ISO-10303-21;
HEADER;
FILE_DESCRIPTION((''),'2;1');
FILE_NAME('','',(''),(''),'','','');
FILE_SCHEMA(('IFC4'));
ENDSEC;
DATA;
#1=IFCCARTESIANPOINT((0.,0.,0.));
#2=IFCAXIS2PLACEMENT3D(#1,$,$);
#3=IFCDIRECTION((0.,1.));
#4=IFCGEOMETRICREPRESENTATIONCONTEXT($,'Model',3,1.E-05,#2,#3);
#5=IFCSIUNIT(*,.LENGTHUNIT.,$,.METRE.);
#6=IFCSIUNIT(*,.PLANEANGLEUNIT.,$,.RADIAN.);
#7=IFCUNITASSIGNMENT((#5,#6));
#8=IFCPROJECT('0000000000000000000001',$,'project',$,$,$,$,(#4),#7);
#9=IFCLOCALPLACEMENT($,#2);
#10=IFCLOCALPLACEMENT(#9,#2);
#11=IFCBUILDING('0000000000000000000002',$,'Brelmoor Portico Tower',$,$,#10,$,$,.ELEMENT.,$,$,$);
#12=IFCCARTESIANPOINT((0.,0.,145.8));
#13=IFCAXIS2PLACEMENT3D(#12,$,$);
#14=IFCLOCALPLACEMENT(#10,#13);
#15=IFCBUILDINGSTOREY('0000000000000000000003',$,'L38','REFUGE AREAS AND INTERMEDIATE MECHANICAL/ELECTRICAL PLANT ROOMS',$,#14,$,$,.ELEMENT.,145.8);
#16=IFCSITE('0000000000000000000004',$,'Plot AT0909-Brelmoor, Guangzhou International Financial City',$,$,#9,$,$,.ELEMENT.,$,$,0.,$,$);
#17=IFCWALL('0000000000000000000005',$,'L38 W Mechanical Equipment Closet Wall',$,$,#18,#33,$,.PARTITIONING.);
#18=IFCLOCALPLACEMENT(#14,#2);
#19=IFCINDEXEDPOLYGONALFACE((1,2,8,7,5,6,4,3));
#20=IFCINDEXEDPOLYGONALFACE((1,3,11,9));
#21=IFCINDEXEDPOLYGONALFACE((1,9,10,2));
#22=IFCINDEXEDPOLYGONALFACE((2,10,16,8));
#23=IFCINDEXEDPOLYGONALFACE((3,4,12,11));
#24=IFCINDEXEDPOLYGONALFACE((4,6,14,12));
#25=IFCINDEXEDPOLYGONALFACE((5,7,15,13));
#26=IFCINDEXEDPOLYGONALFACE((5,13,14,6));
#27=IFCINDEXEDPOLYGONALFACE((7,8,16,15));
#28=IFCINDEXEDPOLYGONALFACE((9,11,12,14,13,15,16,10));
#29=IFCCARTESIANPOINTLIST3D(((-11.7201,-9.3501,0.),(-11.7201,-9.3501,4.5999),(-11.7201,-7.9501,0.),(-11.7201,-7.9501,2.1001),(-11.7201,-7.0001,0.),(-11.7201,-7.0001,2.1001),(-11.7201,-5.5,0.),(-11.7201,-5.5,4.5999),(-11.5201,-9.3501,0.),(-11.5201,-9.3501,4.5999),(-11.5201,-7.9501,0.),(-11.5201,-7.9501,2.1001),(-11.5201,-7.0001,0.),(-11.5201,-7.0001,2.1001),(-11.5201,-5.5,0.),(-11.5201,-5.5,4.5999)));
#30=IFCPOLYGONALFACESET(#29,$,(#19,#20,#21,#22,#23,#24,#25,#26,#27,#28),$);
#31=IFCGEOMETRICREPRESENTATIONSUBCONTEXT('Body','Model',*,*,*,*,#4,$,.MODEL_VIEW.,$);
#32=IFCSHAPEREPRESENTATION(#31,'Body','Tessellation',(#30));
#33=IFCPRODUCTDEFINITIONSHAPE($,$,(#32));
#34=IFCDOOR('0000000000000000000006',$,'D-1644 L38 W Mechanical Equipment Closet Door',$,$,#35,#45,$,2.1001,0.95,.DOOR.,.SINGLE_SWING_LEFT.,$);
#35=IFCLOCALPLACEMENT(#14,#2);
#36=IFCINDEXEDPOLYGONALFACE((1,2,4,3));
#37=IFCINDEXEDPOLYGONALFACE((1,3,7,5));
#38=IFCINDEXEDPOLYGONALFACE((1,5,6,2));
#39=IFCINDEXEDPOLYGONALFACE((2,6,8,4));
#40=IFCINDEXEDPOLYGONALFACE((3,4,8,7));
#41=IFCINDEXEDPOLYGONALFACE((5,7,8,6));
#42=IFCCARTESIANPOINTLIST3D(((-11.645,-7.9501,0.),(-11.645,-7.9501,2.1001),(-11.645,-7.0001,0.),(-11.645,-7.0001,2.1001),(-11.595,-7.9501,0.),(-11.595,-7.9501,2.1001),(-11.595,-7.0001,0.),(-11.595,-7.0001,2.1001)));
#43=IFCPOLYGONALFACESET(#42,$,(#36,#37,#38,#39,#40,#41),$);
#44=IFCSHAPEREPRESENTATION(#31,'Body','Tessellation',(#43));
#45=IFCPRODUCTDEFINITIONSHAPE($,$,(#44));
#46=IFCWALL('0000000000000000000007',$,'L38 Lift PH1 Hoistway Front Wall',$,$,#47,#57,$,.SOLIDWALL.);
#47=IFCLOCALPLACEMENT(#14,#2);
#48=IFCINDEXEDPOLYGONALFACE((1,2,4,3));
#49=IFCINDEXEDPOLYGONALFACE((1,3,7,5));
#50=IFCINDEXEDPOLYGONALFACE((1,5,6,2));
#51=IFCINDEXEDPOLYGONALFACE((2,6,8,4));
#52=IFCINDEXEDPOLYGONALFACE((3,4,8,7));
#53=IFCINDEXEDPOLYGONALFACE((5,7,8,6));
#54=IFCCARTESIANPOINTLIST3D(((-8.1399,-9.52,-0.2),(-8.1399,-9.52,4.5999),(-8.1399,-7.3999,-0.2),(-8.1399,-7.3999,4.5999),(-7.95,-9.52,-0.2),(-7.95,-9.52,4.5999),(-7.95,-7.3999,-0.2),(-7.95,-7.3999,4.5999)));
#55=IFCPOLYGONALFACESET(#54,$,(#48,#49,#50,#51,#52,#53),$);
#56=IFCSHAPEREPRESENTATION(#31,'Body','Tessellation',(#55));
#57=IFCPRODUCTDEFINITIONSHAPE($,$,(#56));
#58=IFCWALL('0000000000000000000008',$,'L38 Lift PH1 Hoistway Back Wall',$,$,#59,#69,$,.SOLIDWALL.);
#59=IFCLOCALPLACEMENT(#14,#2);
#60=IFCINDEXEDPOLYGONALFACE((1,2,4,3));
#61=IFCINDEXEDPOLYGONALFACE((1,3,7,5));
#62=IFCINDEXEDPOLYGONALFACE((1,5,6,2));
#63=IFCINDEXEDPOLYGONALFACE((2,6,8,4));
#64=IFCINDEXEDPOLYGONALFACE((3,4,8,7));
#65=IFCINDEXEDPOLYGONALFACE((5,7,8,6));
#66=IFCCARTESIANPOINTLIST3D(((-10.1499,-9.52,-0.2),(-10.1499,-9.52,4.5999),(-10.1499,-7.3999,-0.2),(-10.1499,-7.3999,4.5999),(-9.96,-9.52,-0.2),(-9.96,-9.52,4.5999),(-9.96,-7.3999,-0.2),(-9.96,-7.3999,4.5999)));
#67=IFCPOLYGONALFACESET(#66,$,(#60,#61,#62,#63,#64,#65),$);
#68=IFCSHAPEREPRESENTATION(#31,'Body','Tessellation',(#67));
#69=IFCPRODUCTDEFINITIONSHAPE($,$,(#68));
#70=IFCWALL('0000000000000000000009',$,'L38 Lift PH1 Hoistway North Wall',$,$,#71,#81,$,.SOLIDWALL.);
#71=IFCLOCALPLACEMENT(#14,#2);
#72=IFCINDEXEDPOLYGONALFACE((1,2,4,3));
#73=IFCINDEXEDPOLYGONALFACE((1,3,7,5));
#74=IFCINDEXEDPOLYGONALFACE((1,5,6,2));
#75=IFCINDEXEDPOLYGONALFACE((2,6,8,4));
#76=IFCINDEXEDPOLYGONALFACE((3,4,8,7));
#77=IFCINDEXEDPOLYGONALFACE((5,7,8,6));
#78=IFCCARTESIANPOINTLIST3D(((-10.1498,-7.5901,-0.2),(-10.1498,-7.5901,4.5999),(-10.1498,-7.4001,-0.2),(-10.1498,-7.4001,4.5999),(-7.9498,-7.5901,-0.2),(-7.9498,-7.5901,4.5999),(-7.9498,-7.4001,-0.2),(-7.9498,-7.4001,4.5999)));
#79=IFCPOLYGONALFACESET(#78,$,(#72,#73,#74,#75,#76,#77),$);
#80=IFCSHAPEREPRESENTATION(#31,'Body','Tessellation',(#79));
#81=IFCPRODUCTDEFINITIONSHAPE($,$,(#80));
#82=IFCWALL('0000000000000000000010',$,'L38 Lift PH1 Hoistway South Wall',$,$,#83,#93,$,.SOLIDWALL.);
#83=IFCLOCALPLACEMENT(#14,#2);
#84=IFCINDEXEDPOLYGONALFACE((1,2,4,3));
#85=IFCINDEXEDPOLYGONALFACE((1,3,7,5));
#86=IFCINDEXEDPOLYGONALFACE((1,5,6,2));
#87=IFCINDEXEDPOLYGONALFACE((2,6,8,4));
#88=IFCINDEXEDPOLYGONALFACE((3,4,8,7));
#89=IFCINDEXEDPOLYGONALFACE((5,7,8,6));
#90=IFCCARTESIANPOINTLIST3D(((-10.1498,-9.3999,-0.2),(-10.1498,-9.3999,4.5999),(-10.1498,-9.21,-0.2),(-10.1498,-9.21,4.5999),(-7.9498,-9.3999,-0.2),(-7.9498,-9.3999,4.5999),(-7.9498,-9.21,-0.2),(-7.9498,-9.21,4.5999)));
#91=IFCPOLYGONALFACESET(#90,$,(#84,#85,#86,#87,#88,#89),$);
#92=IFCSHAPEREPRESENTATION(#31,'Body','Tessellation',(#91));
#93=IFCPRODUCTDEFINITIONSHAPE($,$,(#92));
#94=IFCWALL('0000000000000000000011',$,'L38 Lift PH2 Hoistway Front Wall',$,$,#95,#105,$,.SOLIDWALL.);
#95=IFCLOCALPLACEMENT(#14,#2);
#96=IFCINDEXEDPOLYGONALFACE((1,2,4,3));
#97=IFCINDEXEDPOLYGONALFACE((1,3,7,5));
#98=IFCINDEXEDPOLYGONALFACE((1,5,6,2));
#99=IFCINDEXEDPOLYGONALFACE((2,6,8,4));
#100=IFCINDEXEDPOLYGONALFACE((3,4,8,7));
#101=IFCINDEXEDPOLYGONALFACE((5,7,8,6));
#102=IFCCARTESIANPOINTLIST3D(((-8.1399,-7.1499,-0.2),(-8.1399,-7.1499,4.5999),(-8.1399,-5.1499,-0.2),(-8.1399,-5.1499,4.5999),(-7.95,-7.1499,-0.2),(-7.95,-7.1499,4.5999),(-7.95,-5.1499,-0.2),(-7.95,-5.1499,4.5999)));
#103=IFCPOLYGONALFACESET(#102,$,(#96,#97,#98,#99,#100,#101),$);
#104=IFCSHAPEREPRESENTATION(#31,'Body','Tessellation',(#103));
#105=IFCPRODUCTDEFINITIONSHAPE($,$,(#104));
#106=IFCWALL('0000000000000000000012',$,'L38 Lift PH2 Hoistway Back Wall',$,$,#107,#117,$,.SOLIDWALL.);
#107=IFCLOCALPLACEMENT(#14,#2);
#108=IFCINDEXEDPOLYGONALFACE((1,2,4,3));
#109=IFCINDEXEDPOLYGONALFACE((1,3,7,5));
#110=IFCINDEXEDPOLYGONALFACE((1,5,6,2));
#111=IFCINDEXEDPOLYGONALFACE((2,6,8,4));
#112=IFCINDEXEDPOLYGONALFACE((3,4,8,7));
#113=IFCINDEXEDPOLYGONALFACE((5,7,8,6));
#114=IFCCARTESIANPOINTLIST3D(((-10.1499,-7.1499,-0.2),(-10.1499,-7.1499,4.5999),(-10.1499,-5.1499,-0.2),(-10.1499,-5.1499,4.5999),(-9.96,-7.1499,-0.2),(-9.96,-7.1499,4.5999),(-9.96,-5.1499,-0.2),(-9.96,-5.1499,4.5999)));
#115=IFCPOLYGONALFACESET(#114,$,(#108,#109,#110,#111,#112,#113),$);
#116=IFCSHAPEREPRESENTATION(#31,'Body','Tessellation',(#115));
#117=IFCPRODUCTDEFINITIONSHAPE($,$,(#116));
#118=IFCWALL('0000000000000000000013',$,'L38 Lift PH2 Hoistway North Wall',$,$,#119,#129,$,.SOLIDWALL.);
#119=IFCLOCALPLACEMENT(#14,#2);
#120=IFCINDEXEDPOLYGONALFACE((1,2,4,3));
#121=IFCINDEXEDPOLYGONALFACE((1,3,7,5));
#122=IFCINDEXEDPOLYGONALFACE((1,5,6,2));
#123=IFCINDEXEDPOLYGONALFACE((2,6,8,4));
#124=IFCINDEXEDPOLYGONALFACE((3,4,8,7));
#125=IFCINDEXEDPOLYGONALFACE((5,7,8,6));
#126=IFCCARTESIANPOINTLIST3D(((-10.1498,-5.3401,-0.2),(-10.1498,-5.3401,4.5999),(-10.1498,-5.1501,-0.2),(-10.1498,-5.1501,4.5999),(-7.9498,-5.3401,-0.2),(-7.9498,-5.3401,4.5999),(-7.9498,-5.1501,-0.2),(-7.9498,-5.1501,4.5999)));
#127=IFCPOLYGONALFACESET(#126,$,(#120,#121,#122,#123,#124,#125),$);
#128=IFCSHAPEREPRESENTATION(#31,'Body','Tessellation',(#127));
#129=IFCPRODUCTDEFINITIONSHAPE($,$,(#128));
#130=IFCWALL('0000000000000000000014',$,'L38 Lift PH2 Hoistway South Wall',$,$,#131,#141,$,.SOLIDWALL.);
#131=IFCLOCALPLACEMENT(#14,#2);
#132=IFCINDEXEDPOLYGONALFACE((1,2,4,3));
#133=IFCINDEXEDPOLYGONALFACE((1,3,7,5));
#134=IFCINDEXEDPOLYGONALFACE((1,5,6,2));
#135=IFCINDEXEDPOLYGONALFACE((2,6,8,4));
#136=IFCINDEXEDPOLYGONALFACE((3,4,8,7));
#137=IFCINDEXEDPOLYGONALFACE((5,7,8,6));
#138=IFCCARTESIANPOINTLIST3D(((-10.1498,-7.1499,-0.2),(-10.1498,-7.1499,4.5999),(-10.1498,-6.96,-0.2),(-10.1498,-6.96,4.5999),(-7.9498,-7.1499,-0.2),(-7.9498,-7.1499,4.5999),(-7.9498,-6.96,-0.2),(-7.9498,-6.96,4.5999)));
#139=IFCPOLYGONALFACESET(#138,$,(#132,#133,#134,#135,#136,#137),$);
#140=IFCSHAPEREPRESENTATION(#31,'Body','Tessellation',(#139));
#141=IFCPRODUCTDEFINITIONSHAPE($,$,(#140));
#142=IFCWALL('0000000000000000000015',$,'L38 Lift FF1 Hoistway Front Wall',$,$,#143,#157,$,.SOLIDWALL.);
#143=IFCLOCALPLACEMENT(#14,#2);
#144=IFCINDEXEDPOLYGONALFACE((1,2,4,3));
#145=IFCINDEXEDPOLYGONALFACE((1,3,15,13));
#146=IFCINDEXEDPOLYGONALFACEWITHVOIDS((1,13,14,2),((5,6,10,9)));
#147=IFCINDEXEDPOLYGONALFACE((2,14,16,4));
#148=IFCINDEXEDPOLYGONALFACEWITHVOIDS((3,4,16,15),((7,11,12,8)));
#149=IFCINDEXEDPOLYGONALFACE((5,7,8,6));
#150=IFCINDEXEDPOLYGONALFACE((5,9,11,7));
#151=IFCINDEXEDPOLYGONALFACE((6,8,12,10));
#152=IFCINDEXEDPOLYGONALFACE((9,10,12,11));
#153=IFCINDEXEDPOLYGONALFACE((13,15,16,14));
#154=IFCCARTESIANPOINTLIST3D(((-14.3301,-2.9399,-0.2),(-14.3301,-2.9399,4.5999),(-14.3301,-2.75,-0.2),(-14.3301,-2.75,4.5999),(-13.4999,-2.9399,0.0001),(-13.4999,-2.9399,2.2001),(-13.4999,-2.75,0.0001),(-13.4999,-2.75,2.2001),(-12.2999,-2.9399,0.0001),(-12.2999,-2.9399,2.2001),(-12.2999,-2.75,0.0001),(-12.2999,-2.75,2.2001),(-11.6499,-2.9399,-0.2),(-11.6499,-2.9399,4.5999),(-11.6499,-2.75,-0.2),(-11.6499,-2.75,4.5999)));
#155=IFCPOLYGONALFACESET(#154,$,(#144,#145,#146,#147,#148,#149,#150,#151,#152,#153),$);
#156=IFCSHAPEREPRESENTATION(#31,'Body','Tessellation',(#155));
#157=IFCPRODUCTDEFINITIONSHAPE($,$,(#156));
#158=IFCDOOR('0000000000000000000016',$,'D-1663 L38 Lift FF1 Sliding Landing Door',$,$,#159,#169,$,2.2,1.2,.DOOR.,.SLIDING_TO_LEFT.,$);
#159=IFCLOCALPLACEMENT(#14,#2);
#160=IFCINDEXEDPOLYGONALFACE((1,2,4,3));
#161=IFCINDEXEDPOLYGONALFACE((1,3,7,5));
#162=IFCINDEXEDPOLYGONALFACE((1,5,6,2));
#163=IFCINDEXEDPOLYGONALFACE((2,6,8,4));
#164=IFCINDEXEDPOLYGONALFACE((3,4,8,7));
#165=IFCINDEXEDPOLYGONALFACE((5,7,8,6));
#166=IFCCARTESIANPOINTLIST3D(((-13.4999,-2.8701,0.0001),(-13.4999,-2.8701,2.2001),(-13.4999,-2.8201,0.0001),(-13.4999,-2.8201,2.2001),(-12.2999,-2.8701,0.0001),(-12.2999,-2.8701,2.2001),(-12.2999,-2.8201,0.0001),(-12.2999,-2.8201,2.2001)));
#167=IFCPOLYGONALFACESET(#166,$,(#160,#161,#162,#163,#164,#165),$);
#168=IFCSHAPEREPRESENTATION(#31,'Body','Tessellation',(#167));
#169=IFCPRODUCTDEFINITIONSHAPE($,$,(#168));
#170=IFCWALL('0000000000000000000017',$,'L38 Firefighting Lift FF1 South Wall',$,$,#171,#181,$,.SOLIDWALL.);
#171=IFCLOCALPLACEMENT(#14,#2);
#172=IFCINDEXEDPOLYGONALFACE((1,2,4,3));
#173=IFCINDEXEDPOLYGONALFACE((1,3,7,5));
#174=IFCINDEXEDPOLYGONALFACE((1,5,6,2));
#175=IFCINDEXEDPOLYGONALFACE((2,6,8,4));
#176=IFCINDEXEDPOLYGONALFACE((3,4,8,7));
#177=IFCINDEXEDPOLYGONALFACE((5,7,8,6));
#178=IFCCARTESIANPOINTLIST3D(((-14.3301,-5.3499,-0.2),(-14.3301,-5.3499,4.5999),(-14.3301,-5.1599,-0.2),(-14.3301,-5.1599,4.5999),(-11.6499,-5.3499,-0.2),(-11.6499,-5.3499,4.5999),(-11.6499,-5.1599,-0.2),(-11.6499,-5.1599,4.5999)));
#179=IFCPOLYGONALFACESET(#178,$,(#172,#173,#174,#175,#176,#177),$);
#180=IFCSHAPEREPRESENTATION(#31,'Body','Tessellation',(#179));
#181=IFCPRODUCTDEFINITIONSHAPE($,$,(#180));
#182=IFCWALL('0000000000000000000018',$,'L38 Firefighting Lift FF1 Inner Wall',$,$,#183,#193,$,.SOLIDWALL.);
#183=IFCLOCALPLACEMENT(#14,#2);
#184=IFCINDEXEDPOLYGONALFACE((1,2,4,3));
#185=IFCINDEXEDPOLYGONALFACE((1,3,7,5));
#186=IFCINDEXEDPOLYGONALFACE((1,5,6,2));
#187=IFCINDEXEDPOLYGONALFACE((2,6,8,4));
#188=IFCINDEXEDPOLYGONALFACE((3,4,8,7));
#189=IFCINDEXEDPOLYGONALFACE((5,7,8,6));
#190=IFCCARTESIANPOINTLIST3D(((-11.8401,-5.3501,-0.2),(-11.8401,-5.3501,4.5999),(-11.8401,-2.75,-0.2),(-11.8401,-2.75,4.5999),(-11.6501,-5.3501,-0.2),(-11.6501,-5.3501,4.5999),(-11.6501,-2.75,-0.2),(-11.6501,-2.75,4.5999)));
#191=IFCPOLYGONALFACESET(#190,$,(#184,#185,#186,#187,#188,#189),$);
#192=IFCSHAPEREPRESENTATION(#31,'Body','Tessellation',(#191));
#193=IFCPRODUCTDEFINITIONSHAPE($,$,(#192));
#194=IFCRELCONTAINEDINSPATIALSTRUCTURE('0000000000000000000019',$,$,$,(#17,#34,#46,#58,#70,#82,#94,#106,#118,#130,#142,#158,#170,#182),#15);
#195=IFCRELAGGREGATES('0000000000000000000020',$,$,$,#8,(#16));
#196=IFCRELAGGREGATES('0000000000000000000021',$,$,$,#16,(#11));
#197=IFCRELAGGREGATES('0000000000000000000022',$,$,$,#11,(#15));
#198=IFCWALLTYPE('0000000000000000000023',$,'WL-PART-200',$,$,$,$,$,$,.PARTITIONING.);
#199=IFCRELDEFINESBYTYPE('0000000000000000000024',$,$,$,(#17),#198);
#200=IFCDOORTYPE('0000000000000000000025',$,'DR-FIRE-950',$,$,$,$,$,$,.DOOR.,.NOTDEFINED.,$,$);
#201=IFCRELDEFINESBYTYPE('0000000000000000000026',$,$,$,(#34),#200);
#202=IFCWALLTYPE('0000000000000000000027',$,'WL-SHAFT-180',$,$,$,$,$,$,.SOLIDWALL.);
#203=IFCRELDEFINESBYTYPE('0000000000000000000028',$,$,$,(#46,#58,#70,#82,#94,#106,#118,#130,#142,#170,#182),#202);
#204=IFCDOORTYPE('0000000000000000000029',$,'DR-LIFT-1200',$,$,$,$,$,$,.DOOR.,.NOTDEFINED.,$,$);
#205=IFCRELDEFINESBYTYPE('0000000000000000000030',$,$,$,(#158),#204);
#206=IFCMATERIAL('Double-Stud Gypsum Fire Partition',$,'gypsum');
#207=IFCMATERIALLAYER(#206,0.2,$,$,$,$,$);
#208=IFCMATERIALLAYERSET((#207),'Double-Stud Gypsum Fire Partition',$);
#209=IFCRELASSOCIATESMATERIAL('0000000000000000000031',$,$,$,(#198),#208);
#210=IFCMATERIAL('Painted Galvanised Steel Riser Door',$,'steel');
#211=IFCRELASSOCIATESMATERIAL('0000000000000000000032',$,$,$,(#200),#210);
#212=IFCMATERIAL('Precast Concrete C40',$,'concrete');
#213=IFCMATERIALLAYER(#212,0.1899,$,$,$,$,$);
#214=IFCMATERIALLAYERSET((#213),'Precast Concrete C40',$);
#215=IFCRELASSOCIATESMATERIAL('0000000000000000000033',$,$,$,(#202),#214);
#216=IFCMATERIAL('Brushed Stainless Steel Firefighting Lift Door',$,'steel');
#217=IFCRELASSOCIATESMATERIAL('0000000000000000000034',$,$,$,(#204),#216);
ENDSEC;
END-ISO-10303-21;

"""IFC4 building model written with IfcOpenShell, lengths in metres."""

from ifc_helpers import new_model, si_unit, direction, frame, frame_2d, origin, place, context, subcontext, project, spatial, rectangle, extrude, material, layer, layer_set, type_object, element, fill, save


model = new_model("IFC4")

# Units and contexts
model_context = context("Model", 3, precision=1e-05, world=origin(), true_north=direction((0.0, 1.0)))
body_context = subcontext(model_context, "Body", "Model", "MODEL_VIEW")
ifc_project = project(units=[si_unit("LENGTHUNIT", "METRE"), si_unit("PLANEANGLEUNIT", "RADIAN")], contexts=[model_context])

# Site, building, storey
site_placement = place(None, origin())
site = spatial("IfcSite", under=ifc_project, at=site_placement, Name="Plot AT0909-Brelmoor, Guangzhou International Financial City", CompositionType="ELEMENT", RefElevation=0.0)
building_placement = place(site_placement, origin())
building = spatial("IfcBuilding", under=site, at=building_placement, Name="Brelmoor Portico Tower", CompositionType="ELEMENT")
storey_placement = place(building_placement, frame((0.0, 0.0, 145.8)))
storey = spatial("IfcBuildingStorey", under=building, at=storey_placement, Name="L38", Description="REFUGE AREAS AND INTERMEDIATE MECHANICAL/ELECTRICAL PLANT ROOMS", CompositionType="ELEMENT", Elevation=145.8)

# Shared definitions
ifc_material_1 = material(Name="Double-Stud Gypsum Fire Partition", Category="gypsum")
ifc_layer_1 = layer(ifc_material_1, 0.2)
ifc_layer_set_1 = layer_set([ifc_layer_1], Name="Double-Stud Gypsum Fire Partition")
wall_type_1 = type_object("IfcWallType", Name="WL-PART-200", PredefinedType="PARTITIONING", material=ifc_layer_set_1)

# Shared definitions
ifc_material_2 = material(Name="Painted Galvanised Steel Riser Door", Category="steel")
door_type_1 = type_object("IfcDoorType", Name="DR-FIRE-950", OperationType="NOTDEFINED", PredefinedType="DOOR", material=ifc_material_2)

# Wall, opening, door
wall_1_placement = place(storey_placement, frame((-11.6201, -9.3501, 0.0), z_axis=(0.0, 0.0, 1.0), x_axis=(0.0, 1.0, 0.0)))
wall_1 = element("IfcWall", 1, at=wall_1_placement, inside=storey, type_object=wall_type_1, Name="L38 W Mechanical Equipment Closet Wall", PredefinedType="PARTITIONING", context=body_context, shape_type="SweptSolid", body=[
    extrude(rectangle(XDim=3.8501, YDim=0.2, at=frame_2d((1.925, 0.0))), origin(), (0.0, 0.0, 1.0), 4.5999),
])
opening_1_placement = place(wall_1_placement, frame((1.3999, 0.0, 0.0)))
opening_1 = element("IfcOpeningElement", 2, at=opening_1_placement, cuts=wall_1, PredefinedType="OPENING", context=body_context, shape_type="SweptSolid", body=[
    extrude(rectangle(XDim=0.95, YDim=2.1001, at=frame_2d((0.4751, 1.05))), frame((0.0, 0.1099, 0.0), z_axis=(0.0, -1.0, 0.0), x_axis=(1.0, 0.0, 0.0)), (0.0, 0.0, 1.0), 0.22),
])
door_1_placement = place(opening_1_placement, origin())
door_1 = element("IfcDoor", 3, at=door_1_placement, inside=storey, type_object=door_type_1, Name="D-1644 L38 W Mechanical Equipment Closet Door", OperationType="SINGLE_SWING_LEFT", OverallHeight=2.1001, OverallWidth=0.95, PredefinedType="DOOR", context=body_context, shape_type="SweptSolid", body=[
    extrude(rectangle(XDim=0.95, YDim=2.1001, at=frame_2d((0.4751, 1.05))), frame((0.0, 0.0249, 0.0), z_axis=(0.0, -1.0, 0.0), x_axis=(1.0, 0.0, 0.0)), (0.0, 0.0, 1.0), 0.05),
])
fill(opening_1, door_1)

# Walls
ifc_material_3 = material(Name="Precast Concrete C40", Category="concrete")
ifc_layer_2 = layer(ifc_material_3, 0.1899)
ifc_layer_set_2 = layer_set([ifc_layer_2], Name="Precast Concrete C40")
wall_type_2 = type_object("IfcWallType", Name="WL-SHAFT-180", PredefinedType="SOLIDWALL", material=ifc_layer_set_2)
for number, where, z_axis, x_axis, name in (
    (4, (-8.0449, -9.52, -0.2), (0.0, 0.0, 1.0), (0.0, 1.0, 0.0), "L38 Lift PH1 Hoistway Front Wall"),
    (5, (-10.0549, -9.52, -0.2), (0.0, 0.0, 1.0), (0.0, 1.0, 0.0), "L38 Lift PH1 Hoistway Back Wall"),
):
    element("IfcWall", number, at=place(storey_placement, frame(where, z_axis=z_axis, x_axis=x_axis)), inside=storey, type_object=wall_type_2, Name=name, PredefinedType="SOLIDWALL", context=body_context, shape_type="SweptSolid", body=[
        extrude(rectangle(XDim=2.1201, YDim=0.1899, at=frame_2d((1.0601, 0.0))), origin(), (0.0, 0.0, 1.0), 4.7998),
    ])
for number, where, z_axis, x_axis, name in (
    (6, (-10.1499, -7.4951, -0.2), (0.0, 0.0, 1.0), (1.0, 0.0, 0.0), "L38 Lift PH1 Hoistway North Wall"),
    (7, (-10.1499, -9.3049, -0.2), (0.0, 0.0, 1.0), (1.0, 0.0, 0.0), "L38 Lift PH1 Hoistway South Wall"),
):
    element("IfcWall", number, at=place(storey_placement, frame(where, z_axis=z_axis, x_axis=x_axis)), inside=storey, type_object=wall_type_2, Name=name, PredefinedType="SOLIDWALL", context=body_context, shape_type="SweptSolid", body=[
        extrude(rectangle(XDim=2.2, YDim=0.1899, at=frame_2d((1.1001, 0.0))), origin(), (0.0, 0.0, 1.0), 4.7998),
    ])
for number, where, z_axis, x_axis, name in (
    (8, (-8.0449, -7.1499, -0.2), (0.0, 0.0, 1.0), (0.0, 1.0, 0.0), "L38 Lift PH2 Hoistway Front Wall"),
    (9, (-10.0549, -7.1499, -0.2), (0.0, 0.0, 1.0), (0.0, 1.0, 0.0), "L38 Lift PH2 Hoistway Back Wall"),
):
    element("IfcWall", number, at=place(storey_placement, frame(where, z_axis=z_axis, x_axis=x_axis)), inside=storey, type_object=wall_type_2, Name=name, PredefinedType="SOLIDWALL", context=body_context, shape_type="SweptSolid", body=[
        extrude(rectangle(XDim=2.0, YDim=0.1899, at=frame_2d((1.0, 0.0))), origin(), (0.0, 0.0, 1.0), 4.7998),
    ])
for number, where, z_axis, x_axis, name in (
    (10, (-10.1499, -5.2451, -0.2), (0.0, 0.0, 1.0), (1.0, 0.0, 0.0), "L38 Lift PH2 Hoistway North Wall"),
    (11, (-10.1499, -7.0549, -0.2), (0.0, 0.0, 1.0), (1.0, 0.0, 0.0), "L38 Lift PH2 Hoistway South Wall"),
):
    element("IfcWall", number, at=place(storey_placement, frame(where, z_axis=z_axis, x_axis=x_axis)), inside=storey, type_object=wall_type_2, Name=name, PredefinedType="SOLIDWALL", context=body_context, shape_type="SweptSolid", body=[
        extrude(rectangle(XDim=2.2, YDim=0.1899, at=frame_2d((1.1001, 0.0))), origin(), (0.0, 0.0, 1.0), 4.7998),
    ])

# Wall, opening, door
wall_2_placement = place(storey_placement, frame((-14.3301, -2.845, -0.2), z_axis=(0.0, 0.0, 1.0), x_axis=(1.0, 0.0, 0.0)))
wall_2 = element("IfcWall", 12, at=wall_2_placement, inside=storey, type_object=wall_type_2, Name="L38 Lift FF1 Hoistway Front Wall", PredefinedType="SOLIDWALL", context=body_context, shape_type="SweptSolid", body=[
    extrude(rectangle(XDim=2.6802, YDim=0.1899, at=frame_2d((1.3401, 0.0))), origin(), (0.0, 0.0, 1.0), 4.7998),
])
opening_2_placement = place(wall_2_placement, frame((0.8301, 0.0, 0.2)))
opening_2 = element("IfcOpeningElement", 13, at=opening_2_placement, cuts=wall_2, PredefinedType="OPENING", context=body_context, shape_type="SweptSolid", body=[
    extrude(rectangle(XDim=1.2, YDim=2.2, at=frame_2d((0.6001, 1.1001))), frame((0.0, 0.105, 0.0), z_axis=(0.0, -1.0, 0.0), x_axis=(1.0, 0.0, 0.0)), (0.0, 0.0, 1.0), 0.21),
])
ifc_material_4 = material(Name="Brushed Stainless Steel Firefighting Lift Door", Category="steel")
door_type_2 = type_object("IfcDoorType", Name="DR-LIFT-1200", OperationType="NOTDEFINED", PredefinedType="DOOR", material=ifc_material_4)
door_2_placement = place(opening_2_placement, origin())
door_2 = element("IfcDoor", 14, at=door_2_placement, inside=storey, type_object=door_type_2, Name="D-1663 L38 Lift FF1 Sliding Landing Door", OperationType="SLIDING_TO_LEFT", OverallHeight=2.2, OverallWidth=1.2, PredefinedType="DOOR", context=body_context, shape_type="SweptSolid", body=[
    extrude(rectangle(XDim=1.2, YDim=2.2, at=frame_2d((0.6001, 1.1001))), frame((0.0, 0.0249, 0.0), z_axis=(0.0, -1.0, 0.0), x_axis=(1.0, 0.0, 0.0)), (0.0, 0.0, 1.0), 0.05),
])
fill(opening_2, door_2)

# Walls
wall_3_placement = place(storey_placement, frame((-14.3301, -5.2549, -0.2), z_axis=(0.0, 0.0, 1.0), x_axis=(1.0, 0.0, 0.0)))
element("IfcWall", 15, at=wall_3_placement, inside=storey, type_object=wall_type_2, Name="L38 Firefighting Lift FF1 South Wall", PredefinedType="SOLIDWALL", context=body_context, shape_type="SweptSolid", body=[
    extrude(rectangle(XDim=2.6802, YDim=0.1899, at=frame_2d((1.3401, 0.0))), origin(), (0.0, 0.0, 1.0), 4.7998),
])
wall_4_placement = place(storey_placement, frame((-11.7451, -5.3501, -0.2), z_axis=(0.0, 0.0, 1.0), x_axis=(0.0, 1.0, 0.0)))
element("IfcWall", 16, at=wall_4_placement, inside=storey, type_object=wall_type_2, Name="L38 Firefighting Lift FF1 Inner Wall", PredefinedType="SOLIDWALL", context=body_context, shape_type="SweptSolid", body=[
    extrude(rectangle(XDim=2.6001, YDim=0.1899, at=frame_2d((1.3, 0.0))), origin(), (0.0, 0.0, 1.0), 4.7998),
])

save(model, "model.ifc")
